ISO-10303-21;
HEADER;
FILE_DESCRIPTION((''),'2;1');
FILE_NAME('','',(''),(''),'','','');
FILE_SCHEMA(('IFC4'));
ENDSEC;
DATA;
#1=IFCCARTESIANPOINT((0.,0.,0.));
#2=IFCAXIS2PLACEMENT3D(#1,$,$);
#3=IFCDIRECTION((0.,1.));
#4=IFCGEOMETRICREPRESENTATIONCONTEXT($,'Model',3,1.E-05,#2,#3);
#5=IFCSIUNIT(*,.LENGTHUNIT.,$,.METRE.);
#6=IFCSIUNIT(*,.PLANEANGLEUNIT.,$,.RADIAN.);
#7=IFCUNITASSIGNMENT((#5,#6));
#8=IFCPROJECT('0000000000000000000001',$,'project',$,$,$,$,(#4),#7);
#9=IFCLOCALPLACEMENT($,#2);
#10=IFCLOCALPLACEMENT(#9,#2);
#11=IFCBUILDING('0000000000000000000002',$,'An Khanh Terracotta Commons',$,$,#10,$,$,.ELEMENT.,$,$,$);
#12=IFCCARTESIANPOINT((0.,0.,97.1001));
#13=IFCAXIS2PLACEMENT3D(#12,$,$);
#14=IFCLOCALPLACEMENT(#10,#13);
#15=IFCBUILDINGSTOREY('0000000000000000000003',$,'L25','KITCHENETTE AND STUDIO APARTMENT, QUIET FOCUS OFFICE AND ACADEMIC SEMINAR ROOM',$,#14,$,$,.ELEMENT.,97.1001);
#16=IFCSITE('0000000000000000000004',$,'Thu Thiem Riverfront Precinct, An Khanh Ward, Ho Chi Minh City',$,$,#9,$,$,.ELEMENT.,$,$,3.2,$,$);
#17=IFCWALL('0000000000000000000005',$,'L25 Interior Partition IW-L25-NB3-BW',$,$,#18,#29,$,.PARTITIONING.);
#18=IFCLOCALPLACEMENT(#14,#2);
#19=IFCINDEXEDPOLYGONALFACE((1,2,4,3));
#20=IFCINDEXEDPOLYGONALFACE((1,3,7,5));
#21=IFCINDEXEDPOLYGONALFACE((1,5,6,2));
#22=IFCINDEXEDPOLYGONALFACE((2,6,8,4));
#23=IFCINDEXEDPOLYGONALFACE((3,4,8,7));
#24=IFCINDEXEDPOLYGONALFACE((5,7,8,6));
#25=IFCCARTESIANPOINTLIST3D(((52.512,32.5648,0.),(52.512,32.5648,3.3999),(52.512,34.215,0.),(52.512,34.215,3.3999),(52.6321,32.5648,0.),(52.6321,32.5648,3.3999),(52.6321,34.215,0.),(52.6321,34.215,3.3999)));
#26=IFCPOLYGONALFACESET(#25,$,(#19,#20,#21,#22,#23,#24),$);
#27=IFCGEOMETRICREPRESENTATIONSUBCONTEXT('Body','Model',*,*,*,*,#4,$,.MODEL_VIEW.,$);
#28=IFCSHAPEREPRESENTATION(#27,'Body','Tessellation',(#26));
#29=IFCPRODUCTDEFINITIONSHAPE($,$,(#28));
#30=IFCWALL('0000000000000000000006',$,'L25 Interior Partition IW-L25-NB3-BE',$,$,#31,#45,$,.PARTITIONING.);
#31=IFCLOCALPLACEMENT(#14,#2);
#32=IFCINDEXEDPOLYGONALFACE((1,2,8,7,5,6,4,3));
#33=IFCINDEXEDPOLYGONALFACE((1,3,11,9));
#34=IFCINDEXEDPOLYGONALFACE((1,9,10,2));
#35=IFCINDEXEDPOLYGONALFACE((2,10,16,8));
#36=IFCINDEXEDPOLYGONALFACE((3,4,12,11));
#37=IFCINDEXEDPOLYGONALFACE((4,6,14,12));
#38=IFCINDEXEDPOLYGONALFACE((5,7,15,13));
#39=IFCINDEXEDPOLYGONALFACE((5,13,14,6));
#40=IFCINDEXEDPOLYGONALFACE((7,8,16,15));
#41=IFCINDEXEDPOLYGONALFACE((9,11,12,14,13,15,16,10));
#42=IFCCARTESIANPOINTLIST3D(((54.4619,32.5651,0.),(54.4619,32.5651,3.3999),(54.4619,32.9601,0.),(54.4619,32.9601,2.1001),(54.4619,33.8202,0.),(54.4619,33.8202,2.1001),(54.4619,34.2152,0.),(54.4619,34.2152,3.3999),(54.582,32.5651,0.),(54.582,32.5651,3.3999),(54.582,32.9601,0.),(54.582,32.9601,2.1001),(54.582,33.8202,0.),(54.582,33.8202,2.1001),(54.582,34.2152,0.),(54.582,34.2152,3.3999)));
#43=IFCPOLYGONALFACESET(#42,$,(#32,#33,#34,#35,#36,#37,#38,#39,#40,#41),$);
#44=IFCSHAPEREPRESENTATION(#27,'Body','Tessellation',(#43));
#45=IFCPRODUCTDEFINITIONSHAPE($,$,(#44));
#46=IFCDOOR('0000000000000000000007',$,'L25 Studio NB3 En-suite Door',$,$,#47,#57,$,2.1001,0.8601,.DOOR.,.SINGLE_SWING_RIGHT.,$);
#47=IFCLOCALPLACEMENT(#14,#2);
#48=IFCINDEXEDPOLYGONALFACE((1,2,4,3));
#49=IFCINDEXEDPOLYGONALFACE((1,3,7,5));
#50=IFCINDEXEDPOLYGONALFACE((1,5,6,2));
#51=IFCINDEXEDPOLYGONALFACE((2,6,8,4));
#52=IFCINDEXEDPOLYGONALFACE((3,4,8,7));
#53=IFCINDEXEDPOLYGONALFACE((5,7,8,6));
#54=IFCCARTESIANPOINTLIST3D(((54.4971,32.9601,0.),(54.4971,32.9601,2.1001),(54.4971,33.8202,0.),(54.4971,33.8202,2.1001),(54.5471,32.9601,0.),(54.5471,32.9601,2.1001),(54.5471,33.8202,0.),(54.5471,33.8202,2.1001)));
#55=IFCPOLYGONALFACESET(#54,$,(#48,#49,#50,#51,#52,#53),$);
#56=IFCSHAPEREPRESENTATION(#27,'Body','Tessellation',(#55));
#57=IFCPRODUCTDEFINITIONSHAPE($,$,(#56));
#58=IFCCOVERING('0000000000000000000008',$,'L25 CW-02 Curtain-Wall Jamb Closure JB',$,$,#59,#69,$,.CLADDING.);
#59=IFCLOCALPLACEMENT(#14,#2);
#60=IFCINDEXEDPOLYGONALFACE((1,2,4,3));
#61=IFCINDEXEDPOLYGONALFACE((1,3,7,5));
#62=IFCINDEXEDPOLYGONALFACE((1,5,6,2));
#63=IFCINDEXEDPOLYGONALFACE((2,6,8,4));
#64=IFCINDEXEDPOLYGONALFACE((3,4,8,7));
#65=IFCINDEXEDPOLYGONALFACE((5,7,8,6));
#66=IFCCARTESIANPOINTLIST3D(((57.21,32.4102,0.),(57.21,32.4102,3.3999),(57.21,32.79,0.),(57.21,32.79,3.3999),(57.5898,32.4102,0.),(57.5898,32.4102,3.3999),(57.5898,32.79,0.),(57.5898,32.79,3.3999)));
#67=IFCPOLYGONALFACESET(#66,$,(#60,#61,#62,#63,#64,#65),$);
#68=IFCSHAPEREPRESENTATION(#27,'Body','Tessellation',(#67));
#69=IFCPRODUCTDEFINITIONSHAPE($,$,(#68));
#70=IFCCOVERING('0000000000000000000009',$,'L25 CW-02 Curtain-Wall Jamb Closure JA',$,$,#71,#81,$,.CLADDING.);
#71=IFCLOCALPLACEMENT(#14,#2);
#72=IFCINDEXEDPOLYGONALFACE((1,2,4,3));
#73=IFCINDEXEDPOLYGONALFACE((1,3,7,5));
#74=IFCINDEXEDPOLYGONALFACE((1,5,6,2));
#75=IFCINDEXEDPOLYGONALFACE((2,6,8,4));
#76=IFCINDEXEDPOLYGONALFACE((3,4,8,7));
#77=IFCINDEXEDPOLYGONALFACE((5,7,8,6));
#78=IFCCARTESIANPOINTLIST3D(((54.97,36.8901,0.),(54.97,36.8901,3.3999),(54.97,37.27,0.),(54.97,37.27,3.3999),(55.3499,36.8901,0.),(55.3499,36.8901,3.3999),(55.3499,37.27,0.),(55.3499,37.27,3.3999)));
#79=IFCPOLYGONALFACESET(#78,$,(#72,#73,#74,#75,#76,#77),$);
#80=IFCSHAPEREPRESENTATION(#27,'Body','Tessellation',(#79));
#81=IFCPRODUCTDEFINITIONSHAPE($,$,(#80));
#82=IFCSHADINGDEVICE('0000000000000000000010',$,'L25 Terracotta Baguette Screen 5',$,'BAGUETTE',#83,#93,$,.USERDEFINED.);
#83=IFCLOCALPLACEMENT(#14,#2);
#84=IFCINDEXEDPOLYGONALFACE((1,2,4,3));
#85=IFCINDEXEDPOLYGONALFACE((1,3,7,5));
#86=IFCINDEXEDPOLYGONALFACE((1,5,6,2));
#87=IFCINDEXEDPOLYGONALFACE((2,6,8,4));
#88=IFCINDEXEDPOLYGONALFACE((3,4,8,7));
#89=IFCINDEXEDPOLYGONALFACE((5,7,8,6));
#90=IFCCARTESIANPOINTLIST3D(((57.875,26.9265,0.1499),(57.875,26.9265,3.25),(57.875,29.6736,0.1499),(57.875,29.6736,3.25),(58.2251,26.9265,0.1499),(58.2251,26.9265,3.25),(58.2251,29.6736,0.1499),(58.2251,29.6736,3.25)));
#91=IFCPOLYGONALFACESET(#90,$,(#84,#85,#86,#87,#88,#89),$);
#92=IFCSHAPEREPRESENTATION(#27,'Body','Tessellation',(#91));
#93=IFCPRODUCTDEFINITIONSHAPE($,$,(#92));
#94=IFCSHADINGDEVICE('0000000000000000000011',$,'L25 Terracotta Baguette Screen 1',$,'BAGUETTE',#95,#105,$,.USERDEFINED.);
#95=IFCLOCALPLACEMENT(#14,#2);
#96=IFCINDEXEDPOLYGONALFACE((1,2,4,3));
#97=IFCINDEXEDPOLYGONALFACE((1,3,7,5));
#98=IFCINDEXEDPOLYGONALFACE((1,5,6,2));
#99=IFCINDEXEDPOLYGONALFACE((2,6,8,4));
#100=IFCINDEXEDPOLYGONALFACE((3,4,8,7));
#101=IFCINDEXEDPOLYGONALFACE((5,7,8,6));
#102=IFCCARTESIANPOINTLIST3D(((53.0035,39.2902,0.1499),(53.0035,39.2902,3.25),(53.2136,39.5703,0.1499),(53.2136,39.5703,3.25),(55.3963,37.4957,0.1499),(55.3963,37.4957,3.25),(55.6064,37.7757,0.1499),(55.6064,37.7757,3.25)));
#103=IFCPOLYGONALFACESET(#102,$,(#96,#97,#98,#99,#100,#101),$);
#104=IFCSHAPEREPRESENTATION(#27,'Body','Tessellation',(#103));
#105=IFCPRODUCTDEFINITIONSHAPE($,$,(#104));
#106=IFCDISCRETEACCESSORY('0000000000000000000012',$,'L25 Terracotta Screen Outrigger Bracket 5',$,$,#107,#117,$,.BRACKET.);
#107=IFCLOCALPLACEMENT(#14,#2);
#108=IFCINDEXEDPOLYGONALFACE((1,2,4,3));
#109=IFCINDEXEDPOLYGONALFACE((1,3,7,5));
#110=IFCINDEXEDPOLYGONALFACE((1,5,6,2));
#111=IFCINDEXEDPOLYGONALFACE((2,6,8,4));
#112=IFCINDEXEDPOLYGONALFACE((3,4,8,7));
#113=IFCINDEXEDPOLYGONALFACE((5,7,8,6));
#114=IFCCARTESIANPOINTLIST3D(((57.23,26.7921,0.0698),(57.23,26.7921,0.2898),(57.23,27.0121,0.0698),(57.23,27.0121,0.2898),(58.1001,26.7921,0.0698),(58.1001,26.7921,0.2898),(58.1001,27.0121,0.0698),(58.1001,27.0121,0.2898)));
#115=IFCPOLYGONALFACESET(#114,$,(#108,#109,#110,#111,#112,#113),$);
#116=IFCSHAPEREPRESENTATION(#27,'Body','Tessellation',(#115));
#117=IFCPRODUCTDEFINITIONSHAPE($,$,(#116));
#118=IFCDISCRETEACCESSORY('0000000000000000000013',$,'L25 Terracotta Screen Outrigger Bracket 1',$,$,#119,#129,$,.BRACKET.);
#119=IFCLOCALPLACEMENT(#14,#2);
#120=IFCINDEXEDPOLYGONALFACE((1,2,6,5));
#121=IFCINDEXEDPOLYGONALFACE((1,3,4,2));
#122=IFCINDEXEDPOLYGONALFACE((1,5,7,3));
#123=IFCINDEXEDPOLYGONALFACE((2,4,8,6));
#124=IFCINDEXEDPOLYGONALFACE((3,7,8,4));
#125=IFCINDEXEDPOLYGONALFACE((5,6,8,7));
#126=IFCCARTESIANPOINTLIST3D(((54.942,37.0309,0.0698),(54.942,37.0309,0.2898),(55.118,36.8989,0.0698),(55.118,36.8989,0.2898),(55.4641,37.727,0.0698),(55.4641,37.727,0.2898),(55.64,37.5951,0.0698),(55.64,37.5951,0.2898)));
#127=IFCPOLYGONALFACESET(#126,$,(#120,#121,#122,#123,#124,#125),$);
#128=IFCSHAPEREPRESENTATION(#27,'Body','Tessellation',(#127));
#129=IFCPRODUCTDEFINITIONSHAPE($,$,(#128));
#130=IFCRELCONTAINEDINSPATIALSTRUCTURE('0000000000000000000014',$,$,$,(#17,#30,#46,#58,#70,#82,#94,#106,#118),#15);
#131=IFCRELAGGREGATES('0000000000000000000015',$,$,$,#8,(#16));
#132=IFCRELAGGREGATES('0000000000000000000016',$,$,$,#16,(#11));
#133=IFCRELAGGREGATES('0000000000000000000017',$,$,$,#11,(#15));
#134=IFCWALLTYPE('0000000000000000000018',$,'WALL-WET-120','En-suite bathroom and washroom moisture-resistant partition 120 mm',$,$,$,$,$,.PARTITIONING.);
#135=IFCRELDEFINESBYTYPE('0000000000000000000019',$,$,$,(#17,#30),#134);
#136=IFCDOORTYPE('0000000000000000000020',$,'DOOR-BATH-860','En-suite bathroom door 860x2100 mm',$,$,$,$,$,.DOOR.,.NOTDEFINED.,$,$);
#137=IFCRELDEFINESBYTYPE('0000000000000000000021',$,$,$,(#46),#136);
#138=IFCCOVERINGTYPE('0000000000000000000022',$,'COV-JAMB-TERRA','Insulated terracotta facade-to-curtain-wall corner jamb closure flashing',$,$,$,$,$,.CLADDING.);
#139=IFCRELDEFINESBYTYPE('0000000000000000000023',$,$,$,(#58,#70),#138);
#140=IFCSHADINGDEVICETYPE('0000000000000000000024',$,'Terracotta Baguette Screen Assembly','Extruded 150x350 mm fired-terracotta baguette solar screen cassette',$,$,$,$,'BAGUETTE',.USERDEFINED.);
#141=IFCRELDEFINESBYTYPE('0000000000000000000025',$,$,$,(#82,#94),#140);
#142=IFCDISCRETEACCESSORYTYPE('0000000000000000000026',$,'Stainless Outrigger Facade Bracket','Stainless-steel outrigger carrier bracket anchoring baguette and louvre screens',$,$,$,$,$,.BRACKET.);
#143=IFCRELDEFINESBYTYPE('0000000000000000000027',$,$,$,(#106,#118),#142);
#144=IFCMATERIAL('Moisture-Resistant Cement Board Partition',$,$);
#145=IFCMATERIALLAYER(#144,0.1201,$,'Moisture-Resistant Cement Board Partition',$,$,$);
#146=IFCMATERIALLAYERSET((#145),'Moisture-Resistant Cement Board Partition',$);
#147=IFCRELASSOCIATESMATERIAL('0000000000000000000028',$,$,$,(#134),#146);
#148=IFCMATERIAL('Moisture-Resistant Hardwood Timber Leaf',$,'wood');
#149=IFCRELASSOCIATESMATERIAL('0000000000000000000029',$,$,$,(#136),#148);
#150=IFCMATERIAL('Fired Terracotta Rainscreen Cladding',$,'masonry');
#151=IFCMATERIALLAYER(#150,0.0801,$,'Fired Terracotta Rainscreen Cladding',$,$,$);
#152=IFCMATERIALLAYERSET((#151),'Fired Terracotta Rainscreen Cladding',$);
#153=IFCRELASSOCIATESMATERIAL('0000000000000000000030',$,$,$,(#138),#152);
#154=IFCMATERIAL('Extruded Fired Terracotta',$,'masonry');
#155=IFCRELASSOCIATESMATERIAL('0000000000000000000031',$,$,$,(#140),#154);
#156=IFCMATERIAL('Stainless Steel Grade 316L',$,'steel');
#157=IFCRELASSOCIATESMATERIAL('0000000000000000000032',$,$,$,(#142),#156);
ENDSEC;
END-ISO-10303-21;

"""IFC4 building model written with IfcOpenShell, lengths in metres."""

from ifc_helpers import new_model, si_unit, direction, frame, frame_2d, origin, origin_2d, place, context, subcontext, project, spatial, rectangle, extrude, material, layer, layer_set, type_object, element, fill, save


model = new_model("IFC4")

# Units and contexts
model_context = context("Model", 3, precision=1e-05, world=origin(), true_north=direction((0.0, 1.0)))
body_context = subcontext(model_context, "Body", "Model", "MODEL_VIEW")
ifc_project = project(units=[si_unit("LENGTHUNIT", "METRE"), si_unit("PLANEANGLEUNIT", "RADIAN")], contexts=[model_context])

# Site, building, storey
site_placement = place(None, origin())
site = spatial("IfcSite", under=ifc_project, at=site_placement, Name="Thu Thiem Riverfront Precinct, An Khanh Ward, Ho Chi Minh City", CompositionType="ELEMENT", RefElevation=3.2)
building_placement = place(site_placement, origin())
building = spatial("IfcBuilding", under=site, at=building_placement, Name="An Khanh Terracotta Commons", CompositionType="ELEMENT")
storey_placement = place(building_placement, frame((0.0, 0.0, 97.1001)))
storey = spatial("IfcBuildingStorey", under=building, at=storey_placement, Name="L25", Description="KITCHENETTE AND STUDIO APARTMENT, QUIET FOCUS OFFICE AND ACADEMIC SEMINAR ROOM", CompositionType="ELEMENT", Elevation=97.1001)

# Wall
ifc_material_1 = material(Name="Moisture-Resistant Cement Board Partition")
ifc_layer_1 = layer(ifc_material_1, 0.1201, Name="Moisture-Resistant Cement Board Partition")
ifc_layer_set_1 = layer_set([ifc_layer_1], Name="Moisture-Resistant Cement Board Partition")
wall_type_1 = type_object("IfcWallType", Name="WALL-WET-120", Description="En-suite bathroom and washroom moisture-resistant partition 120 mm", PredefinedType="PARTITIONING", material=ifc_layer_set_1)
wall_1_placement = place(storey_placement, frame((52.572, 34.2151, 0.0), z_axis=(0.0, 0.0, 1.0), x_axis=(0.0, -1.0, 0.0)))
element("IfcWall", 1, at=wall_1_placement, inside=storey, type_object=wall_type_1, Name="L25 Interior Partition IW-L25-NB3-BW", PredefinedType="PARTITIONING", context=body_context, shape_type="SweptSolid", body=[
    extrude(rectangle(XDim=1.6501, YDim=0.1201, at=frame_2d((0.8252, 0.0))), origin(), (0.0, 0.0, 1.0), 3.3999),
])

# Wall, opening, door
wall_2_placement = place(storey_placement, frame((54.522, 32.5649, 0.0), z_axis=(0.0, 0.0, 1.0), x_axis=(0.0, 1.0, 0.0)))
wall_2 = element("IfcWall", 2, at=wall_2_placement, inside=storey, type_object=wall_type_1, Name="L25 Interior Partition IW-L25-NB3-BE", PredefinedType="PARTITIONING", context=body_context, shape_type="SweptSolid", body=[
    extrude(rectangle(XDim=1.6501, YDim=0.1201, at=frame_2d((0.8252, 0.0))), origin(), (0.0, 0.0, 1.0), 3.3999),
])
opening_placement = place(wall_2_placement, frame((0.395, 0.0, 0.0)))
opening = element("IfcOpeningElement", 3, at=opening_placement, cuts=wall_2, PredefinedType="OPENING", context=body_context, shape_type="SweptSolid", body=[
    extrude(rectangle(XDim=0.8601, YDim=2.1001, at=frame_2d((0.4302, 1.05))), frame((0.0, 0.0701, 0.0), z_axis=(0.0, -1.0, 0.0), x_axis=(1.0, 0.0, 0.0)), (0.0, 0.0, 1.0), 0.1401),
])
ifc_material_2 = material(Name="Moisture-Resistant Hardwood Timber Leaf", Category="wood")
door_type = type_object("IfcDoorType", Name="DOOR-BATH-860", Description="En-suite bathroom door 860x2100 mm", OperationType="NOTDEFINED", PredefinedType="DOOR", material=ifc_material_2)
door_placement = place(opening_placement, origin())
door = element("IfcDoor", 4, at=door_placement, inside=storey, type_object=door_type, Name="L25 Studio NB3 En-suite Door", OperationType="SINGLE_SWING_RIGHT", OverallHeight=2.1001, OverallWidth=0.8601, PredefinedType="DOOR", context=body_context, shape_type="SweptSolid", body=[
    extrude(rectangle(XDim=0.8601, YDim=2.1001, at=frame_2d((0.4302, 1.05))), frame((0.0, 0.0249, 0.0), z_axis=(0.0, -1.0, 0.0), x_axis=(1.0, 0.0, 0.0)), (0.0, 0.0, 1.0), 0.05),
])
fill(opening, door)

# Coverings
ifc_material_3 = material(Name="Fired Terracotta Rainscreen Cladding", Category="masonry")
ifc_layer_2 = layer(ifc_material_3, 0.0801, Name="Fired Terracotta Rainscreen Cladding")
ifc_layer_set_2 = layer_set([ifc_layer_2], Name="Fired Terracotta Rainscreen Cladding")
covering_type = type_object("IfcCoveringType", Name="COV-JAMB-TERRA", Description="Insulated terracotta facade-to-curtain-wall corner jamb closure flashing", PredefinedType="CLADDING", material=ifc_layer_set_2)
for number, where, z_axis, x_axis, name in (
    (5, (57.3999, 32.6001, 0.0), (0.0, 0.0, 1.0), (1.0, 0.0, 0.0), "L25 CW-02 Curtain-Wall Jamb Closure JB"),
    (6, (55.1599, 37.0801, 0.0), (0.0, 0.0, 1.0), (1.0, 0.0, 0.0), "L25 CW-02 Curtain-Wall Jamb Closure JA"),
):
    element("IfcCovering", number, at=place(storey_placement, frame(where, z_axis=z_axis, x_axis=x_axis)), inside=storey, type_object=covering_type, Name=name, PredefinedType="CLADDING", context=body_context, shape_type="SweptSolid", body=[
        extrude(rectangle(XDim=0.3799, YDim=0.3799, at=origin_2d()), origin(), (0.0, 0.0, 1.0), 3.3999),
    ])

# Shading devices
ifc_material_4 = material(Name="Extruded Fired Terracotta", Category="masonry")
shading_device_type = type_object("IfcShadingDeviceType", Name="Terracotta Baguette Screen Assembly", Description="Extruded 150x350 mm fired-terracotta baguette solar screen cassette", ElementType="BAGUETTE", PredefinedType="USERDEFINED", material=ifc_material_4)
shading_device_1_placement = place(storey_placement, frame((58.05, 28.3, 0.1499), z_axis=(0.0, 0.0, 1.0), x_axis=(0.0, 1.0, 0.0)))
element("IfcShadingDevice", 7, at=shading_device_1_placement, inside=storey, type_object=shading_device_type, Name="L25 Terracotta Baguette Screen 5", ObjectType="BAGUETTE", PredefinedType="USERDEFINED", context=body_context, shape_type="SweptSolid", body=[
    extrude(rectangle(XDim=2.7471, YDim=0.3501, at=origin_2d()), origin(), (0.0, 0.0, 1.0), 3.1001),
])
shading_device_2_placement = place(storey_placement, frame((54.3049, 38.533, 0.1499), z_axis=(0.0, 0.0, 1.0), x_axis=(-0.800013, 0.599983, 0.0)))
element("IfcShadingDevice", 8, at=shading_device_2_placement, inside=storey, type_object=shading_device_type, Name="L25 Terracotta Baguette Screen 1", ObjectType="BAGUETTE", PredefinedType="USERDEFINED", context=body_context, shape_type="SweptSolid", body=[
    extrude(rectangle(XDim=2.991, YDim=0.3501, at=origin_2d()), origin(), (0.0, 0.0, 1.0), 3.1001),
])

# Discrete accessories
ifc_material_5 = material(Name="Stainless Steel Grade 316L", Category="steel")
discrete_accessory_type = type_object("IfcDiscreteAccessoryType", Name="Stainless Outrigger Facade Bracket", Description="Stainless-steel outrigger carrier bracket anchoring baguette and louvre screens", PredefinedType="BRACKET", material=ifc_material_5)
for number, where, z_axis, x_axis, name in (
    (9, (57.665, 26.9021, 0.0698), (0.0, 0.0, 1.0), (0.0, 1.0, 0.0), "L25 Terracotta Screen Outrigger Bracket 5"),
    (10, (55.291, 37.313, 0.0698), (0.0, 0.0, 1.0), (-0.800013, 0.599983, 0.0), "L25 Terracotta Screen Outrigger Bracket 1"),
):
    element("IfcDiscreteAccessory", number, at=place(storey_placement, frame(where, z_axis=z_axis, x_axis=x_axis)), inside=storey, type_object=discrete_accessory_type, Name=name, PredefinedType="BRACKET", context=body_context, shape_type="SweptSolid", body=[
        extrude(rectangle(XDim=0.22, YDim=0.8701, at=origin_2d()), origin(), (0.0, 0.0, 1.0), 0.22),
    ])

save(model, "model.ifc")
